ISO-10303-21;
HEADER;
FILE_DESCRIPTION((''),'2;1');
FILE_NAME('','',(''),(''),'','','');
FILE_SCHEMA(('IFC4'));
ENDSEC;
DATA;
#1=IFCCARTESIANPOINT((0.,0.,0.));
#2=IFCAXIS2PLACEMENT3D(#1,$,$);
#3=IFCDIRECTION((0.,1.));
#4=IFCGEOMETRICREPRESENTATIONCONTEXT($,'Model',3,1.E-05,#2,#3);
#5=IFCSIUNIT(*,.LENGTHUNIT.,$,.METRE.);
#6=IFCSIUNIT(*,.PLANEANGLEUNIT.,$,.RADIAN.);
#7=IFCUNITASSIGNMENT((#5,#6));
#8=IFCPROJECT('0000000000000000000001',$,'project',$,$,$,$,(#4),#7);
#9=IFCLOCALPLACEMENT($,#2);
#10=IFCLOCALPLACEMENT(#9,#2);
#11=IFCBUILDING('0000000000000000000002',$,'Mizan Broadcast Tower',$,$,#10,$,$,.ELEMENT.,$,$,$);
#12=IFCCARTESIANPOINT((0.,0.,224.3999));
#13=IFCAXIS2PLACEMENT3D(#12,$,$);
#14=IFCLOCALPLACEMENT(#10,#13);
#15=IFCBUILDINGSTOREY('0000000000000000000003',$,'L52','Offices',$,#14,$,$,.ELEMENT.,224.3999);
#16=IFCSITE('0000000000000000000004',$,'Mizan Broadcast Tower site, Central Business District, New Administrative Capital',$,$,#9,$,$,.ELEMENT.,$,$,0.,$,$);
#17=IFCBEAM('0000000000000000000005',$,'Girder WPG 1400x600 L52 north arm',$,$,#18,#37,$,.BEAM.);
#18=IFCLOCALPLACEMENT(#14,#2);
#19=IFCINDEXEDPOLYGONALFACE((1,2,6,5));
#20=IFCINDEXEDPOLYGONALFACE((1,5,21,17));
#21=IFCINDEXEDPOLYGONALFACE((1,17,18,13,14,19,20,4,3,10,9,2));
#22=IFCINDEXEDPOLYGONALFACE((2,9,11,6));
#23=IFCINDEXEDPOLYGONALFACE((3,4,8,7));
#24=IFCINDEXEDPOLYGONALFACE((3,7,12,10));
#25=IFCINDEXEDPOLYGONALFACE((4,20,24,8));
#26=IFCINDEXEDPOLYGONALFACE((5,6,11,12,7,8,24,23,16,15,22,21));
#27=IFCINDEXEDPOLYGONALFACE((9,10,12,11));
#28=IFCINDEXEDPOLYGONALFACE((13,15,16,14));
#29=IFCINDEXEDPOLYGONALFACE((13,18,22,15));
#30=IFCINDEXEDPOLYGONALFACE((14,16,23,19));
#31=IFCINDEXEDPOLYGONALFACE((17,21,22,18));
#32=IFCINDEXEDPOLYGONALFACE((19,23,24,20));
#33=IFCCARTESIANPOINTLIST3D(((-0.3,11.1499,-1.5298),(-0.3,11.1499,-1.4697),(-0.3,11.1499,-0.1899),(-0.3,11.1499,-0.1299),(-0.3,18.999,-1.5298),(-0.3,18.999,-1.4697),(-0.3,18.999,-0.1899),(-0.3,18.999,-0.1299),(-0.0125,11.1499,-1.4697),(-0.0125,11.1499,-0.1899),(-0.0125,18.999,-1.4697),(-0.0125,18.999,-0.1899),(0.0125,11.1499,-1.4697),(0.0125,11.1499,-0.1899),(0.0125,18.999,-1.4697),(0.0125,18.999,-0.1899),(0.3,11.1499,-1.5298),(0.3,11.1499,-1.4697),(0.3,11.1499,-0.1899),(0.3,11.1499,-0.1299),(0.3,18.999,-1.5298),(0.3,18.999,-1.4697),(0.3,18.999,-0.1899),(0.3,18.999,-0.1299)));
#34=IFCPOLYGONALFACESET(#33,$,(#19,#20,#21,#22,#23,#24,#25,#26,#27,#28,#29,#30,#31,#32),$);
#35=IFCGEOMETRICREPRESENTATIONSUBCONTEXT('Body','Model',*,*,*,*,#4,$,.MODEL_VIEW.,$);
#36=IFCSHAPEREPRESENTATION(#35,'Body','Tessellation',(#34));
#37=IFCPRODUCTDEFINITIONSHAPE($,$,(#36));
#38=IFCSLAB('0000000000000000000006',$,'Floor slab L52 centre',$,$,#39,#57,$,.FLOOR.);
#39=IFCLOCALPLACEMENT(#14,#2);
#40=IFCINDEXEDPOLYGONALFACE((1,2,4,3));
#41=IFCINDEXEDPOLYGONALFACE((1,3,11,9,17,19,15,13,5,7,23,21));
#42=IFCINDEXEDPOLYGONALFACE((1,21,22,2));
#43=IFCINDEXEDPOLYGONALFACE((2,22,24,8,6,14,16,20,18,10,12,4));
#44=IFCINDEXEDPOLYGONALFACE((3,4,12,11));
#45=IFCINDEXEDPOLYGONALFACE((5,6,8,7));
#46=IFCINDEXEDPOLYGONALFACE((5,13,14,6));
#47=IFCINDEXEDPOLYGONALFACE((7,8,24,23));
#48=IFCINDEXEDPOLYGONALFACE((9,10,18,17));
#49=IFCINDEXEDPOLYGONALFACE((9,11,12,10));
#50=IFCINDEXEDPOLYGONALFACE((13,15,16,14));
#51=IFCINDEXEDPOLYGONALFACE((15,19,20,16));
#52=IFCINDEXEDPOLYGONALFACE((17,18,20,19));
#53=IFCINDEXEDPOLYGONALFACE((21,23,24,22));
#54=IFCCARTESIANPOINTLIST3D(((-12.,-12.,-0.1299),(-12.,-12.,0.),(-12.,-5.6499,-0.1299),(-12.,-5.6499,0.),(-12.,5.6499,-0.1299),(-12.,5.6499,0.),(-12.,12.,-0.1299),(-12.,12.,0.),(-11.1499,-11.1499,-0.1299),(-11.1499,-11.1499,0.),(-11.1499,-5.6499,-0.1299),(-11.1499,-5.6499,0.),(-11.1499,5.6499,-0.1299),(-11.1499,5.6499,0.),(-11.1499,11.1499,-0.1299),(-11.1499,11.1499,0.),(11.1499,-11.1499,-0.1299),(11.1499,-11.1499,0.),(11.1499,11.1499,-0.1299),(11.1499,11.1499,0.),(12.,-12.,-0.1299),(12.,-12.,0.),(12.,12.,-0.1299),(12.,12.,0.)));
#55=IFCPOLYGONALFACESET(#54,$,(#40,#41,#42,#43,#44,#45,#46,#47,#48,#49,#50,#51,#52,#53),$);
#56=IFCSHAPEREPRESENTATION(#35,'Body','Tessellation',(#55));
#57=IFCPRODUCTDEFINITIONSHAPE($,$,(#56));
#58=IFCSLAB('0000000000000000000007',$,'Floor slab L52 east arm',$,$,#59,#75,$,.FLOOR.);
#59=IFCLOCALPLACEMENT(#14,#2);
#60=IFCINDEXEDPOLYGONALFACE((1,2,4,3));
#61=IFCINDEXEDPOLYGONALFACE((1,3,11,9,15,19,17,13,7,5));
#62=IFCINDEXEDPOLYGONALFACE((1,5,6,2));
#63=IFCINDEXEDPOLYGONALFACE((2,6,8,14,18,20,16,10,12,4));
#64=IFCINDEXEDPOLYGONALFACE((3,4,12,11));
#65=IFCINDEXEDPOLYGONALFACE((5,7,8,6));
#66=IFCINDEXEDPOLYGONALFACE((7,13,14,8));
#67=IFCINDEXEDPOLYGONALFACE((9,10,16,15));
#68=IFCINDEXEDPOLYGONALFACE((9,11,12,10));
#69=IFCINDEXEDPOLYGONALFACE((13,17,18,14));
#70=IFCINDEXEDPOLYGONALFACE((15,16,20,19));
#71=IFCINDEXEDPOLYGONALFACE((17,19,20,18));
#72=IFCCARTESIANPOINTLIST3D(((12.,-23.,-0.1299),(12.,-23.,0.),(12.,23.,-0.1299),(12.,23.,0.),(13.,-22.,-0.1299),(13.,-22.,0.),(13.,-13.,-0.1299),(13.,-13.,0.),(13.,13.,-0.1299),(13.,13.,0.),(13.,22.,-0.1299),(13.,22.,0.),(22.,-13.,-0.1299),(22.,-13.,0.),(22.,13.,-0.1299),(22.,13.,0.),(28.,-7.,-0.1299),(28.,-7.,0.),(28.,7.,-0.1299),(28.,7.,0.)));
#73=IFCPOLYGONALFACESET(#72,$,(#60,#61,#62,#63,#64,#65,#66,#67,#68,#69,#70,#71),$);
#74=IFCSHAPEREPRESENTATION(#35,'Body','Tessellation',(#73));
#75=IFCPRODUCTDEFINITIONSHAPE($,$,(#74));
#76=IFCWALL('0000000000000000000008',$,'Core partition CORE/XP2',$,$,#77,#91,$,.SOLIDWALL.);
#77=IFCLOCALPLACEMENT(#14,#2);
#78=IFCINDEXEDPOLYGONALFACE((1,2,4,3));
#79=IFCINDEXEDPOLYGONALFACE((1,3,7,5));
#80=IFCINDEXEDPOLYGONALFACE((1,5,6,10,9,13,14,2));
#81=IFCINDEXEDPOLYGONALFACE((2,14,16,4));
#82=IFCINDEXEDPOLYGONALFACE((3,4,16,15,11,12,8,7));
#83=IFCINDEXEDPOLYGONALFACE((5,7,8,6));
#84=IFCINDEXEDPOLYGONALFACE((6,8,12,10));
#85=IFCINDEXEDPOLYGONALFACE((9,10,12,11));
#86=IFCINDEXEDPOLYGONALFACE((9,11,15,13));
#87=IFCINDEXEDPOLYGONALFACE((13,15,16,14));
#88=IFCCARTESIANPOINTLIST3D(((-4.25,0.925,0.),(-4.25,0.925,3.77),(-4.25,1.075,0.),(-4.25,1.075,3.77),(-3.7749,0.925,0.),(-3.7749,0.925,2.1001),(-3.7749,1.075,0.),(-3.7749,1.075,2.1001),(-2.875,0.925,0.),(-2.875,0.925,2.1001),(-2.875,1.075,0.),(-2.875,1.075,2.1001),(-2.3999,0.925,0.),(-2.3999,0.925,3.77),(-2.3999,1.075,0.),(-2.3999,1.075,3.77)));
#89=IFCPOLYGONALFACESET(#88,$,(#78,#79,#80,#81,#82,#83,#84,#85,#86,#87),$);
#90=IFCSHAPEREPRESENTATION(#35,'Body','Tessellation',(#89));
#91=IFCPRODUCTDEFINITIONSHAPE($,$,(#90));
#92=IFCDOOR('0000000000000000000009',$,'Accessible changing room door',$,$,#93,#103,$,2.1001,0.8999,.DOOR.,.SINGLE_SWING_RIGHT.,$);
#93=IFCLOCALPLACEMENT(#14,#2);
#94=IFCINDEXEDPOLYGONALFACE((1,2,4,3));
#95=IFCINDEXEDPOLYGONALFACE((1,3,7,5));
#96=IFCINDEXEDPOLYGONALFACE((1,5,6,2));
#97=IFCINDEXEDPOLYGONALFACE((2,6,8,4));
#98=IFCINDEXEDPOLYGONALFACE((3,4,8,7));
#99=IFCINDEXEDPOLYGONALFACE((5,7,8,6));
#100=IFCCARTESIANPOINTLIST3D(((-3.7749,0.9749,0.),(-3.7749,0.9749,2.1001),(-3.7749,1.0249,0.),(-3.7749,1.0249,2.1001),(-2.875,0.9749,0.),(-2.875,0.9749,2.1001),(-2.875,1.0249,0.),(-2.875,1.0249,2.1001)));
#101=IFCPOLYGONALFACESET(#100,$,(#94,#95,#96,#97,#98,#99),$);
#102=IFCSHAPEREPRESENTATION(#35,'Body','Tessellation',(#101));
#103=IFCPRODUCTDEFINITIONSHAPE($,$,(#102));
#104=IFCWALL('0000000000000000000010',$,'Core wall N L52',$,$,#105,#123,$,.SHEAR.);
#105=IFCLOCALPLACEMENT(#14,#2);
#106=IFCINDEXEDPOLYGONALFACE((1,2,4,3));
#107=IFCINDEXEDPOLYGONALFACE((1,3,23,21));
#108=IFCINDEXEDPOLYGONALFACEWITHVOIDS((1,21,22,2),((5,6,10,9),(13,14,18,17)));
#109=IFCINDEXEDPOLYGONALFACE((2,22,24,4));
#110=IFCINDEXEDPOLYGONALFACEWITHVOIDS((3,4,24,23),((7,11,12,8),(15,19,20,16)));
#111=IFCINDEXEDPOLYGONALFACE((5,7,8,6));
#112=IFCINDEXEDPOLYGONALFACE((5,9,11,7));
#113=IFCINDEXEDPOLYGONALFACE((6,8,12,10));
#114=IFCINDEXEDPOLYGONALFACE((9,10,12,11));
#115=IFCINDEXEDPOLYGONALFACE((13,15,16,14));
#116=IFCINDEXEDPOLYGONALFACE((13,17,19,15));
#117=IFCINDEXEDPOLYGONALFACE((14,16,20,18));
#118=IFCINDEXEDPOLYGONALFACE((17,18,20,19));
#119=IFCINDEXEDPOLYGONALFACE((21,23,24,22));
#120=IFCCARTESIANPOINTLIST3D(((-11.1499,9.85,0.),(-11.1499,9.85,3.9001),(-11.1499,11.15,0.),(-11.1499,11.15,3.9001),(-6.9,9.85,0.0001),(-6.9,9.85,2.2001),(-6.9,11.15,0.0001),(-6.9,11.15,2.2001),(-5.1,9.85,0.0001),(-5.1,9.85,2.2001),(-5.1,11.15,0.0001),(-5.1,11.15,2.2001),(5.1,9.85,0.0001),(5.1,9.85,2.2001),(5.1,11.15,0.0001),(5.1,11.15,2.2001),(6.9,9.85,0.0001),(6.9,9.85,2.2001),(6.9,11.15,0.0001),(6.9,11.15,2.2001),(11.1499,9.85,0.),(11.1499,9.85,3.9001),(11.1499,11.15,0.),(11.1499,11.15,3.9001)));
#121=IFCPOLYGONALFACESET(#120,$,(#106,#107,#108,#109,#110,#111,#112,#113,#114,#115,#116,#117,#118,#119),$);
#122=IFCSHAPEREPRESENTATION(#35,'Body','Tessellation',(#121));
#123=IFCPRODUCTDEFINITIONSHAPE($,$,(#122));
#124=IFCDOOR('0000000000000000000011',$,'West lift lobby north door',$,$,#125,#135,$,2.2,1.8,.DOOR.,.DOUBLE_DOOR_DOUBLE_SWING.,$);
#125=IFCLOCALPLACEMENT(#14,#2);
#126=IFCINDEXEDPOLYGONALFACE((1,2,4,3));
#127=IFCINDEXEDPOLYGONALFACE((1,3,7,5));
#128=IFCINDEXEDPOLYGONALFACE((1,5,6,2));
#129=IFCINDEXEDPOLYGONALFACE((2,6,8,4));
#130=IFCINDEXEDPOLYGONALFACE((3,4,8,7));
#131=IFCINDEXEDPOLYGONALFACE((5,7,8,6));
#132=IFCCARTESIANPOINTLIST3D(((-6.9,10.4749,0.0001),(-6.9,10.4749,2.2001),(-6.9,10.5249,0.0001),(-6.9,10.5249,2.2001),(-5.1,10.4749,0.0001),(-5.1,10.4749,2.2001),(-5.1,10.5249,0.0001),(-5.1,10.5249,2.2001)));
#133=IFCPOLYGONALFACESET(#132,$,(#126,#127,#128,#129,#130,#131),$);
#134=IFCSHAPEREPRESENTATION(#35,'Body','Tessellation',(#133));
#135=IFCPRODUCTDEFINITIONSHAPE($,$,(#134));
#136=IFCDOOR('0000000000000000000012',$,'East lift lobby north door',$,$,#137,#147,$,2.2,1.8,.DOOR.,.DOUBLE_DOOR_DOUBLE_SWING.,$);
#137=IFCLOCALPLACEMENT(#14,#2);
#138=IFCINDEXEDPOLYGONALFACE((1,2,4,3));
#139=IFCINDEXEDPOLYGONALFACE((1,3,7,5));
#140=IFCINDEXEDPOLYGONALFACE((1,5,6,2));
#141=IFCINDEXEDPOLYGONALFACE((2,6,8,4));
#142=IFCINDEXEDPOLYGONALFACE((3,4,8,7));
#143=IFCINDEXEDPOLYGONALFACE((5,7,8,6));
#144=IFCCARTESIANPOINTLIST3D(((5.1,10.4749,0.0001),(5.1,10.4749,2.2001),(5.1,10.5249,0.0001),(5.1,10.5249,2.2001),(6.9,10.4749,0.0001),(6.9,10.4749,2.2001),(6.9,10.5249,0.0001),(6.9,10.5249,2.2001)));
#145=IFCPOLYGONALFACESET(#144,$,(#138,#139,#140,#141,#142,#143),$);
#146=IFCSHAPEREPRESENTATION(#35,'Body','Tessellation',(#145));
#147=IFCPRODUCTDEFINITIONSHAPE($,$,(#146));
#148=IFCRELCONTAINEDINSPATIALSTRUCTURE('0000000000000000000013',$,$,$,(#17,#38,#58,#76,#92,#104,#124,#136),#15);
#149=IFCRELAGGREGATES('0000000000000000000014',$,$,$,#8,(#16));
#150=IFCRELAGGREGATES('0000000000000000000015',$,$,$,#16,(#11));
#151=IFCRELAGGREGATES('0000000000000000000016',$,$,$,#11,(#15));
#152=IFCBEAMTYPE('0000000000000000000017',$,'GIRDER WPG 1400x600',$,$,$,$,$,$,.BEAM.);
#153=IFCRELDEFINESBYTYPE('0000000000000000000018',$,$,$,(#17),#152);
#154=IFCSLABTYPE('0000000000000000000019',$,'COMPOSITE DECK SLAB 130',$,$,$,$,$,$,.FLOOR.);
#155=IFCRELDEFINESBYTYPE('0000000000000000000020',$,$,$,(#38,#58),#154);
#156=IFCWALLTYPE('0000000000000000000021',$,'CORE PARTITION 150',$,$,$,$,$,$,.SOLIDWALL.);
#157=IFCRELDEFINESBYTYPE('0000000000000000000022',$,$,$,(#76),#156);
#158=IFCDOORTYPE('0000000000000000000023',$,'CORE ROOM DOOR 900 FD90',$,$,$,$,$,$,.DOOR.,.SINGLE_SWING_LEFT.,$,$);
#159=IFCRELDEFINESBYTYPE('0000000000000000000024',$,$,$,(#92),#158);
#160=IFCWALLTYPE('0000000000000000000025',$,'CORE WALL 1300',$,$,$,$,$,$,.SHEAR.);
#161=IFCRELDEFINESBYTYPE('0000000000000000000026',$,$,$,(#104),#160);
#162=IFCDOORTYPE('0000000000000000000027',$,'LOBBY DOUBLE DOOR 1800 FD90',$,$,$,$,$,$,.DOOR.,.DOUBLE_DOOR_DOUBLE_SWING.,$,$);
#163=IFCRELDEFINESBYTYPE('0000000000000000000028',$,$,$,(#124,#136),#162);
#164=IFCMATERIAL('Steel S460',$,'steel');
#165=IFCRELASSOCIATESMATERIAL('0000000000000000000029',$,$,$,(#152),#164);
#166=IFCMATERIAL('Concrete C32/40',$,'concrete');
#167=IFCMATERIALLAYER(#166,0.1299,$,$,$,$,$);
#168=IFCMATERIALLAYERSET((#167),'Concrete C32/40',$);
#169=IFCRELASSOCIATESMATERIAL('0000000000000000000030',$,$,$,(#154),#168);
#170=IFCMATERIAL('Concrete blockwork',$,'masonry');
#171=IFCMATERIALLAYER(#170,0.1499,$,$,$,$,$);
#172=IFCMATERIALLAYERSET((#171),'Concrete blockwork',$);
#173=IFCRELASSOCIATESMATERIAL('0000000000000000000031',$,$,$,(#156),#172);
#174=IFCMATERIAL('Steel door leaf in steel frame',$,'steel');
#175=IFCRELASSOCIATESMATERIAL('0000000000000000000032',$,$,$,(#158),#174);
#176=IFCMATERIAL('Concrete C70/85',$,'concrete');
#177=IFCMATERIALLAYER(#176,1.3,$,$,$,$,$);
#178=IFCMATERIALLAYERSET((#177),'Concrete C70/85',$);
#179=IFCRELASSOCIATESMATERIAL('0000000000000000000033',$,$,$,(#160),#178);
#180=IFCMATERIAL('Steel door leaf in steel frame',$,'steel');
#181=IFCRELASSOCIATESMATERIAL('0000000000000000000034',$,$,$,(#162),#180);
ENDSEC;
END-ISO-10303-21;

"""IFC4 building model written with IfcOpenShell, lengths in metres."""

from ifc_helpers import new_model, si_unit, direction, frame, frame_2d, origin, origin_2d, place, context, subcontext, project, spatial, polyline, rectangle, i_section, outline, extrude, material, layer, layer_set, material_profile, profile_set, type_object, element, fill, save


model = new_model("IFC4")

# Units and contexts
model_context = context("Model", 3, precision=1e-05, world=origin(), true_north=direction((0.0, 1.0)))
body_context = subcontext(model_context, "Body", "Model", "MODEL_VIEW")
ifc_project = project(units=[si_unit("LENGTHUNIT", "METRE"), si_unit("PLANEANGLEUNIT", "RADIAN")], contexts=[model_context])

# Site, building, storey
site_placement = place(None, origin())
site = spatial("IfcSite", under=ifc_project, at=site_placement, Name="Mizan Broadcast Tower site, Central Business District, New Administrative Capital", CompositionType="ELEMENT", RefElevation=0.0)
building_placement = place(site_placement, origin())
building = spatial("IfcBuilding", under=site, at=building_placement, Name="Mizan Broadcast Tower", CompositionType="ELEMENT")
storey_placement = place(building_placement, frame((0.0, 0.0, 224.3999)))
storey = spatial("IfcBuildingStorey", under=building, at=storey_placement, Name="L52", Description="Offices", CompositionType="ELEMENT", Elevation=224.3999)

# Beam
ifc_material_1 = material(Name="Steel S460", Category="steel")
ifc_material_profile = material_profile(ifc_material_1, i_section(OverallWidth=0.6001, OverallDepth=1.3999, WebThickness=0.0249, FlangeThickness=0.0601, at=origin_2d()), Name="WPG 1400x600")
ifc_profile_set = profile_set([ifc_material_profile], Name="Steel S460")
beam_type = type_object("IfcBeamType", Name="GIRDER WPG 1400x600", PredefinedType="BEAM", material=ifc_profile_set)
beam_placement = place(storey_placement, frame((0.0, 11.1499, -0.8298), z_axis=(0.0, 1.0, 0.0), x_axis=(-1.0, 0.0, 0.0)))
element("IfcBeam", 1, at=beam_placement, inside=storey, type_object=beam_type, Name="Girder WPG 1400x600 L52 north arm", PredefinedType="BEAM", context=body_context, shape_type="SweptSolid", body=[
    extrude(i_section(OverallWidth=0.6001, OverallDepth=1.3999, WebThickness=0.0249, FlangeThickness=0.0601, at=origin_2d()), origin(), (0.0, 0.0, 1.0), 7.8491),
])

# Slabs
ifc_material_2 = material(Name="Concrete C32/40", Category="concrete")
ifc_layer_1 = layer(ifc_material_2, 0.1299)
ifc_layer_set_1 = layer_set([ifc_layer_1], Name="Concrete C32/40")
slab_type = type_object("IfcSlabType", Name="COMPOSITE DECK SLAB 130", PredefinedType="FLOOR", material=ifc_layer_set_1)
slab_1_placement = place(storey_placement, frame((0.0, 0.0, -0.1299)))
element("IfcSlab", 2, at=slab_1_placement, inside=storey, type_object=slab_type, Name="Floor slab L52 centre", PredefinedType="FLOOR", context=body_context, shape_type="SweptSolid", body=[
    extrude(outline(polyline([(-11.1499, -5.6499), (-12.0, -5.6499), (-12.0, -12.0), (12.0, -12.0), (12.0, 12.0), (-12.0, 12.0), (-12.0, 5.6499), (-11.1499, 5.6499), (-11.1499, 11.1499), (11.1499, 11.1499), (11.1499, -11.1499), (-11.1499, -11.1499), (-11.1499, -5.6499)])), origin(), (0.0, 0.0, 1.0), 0.1299),
])
slab_2_placement = place(storey_placement, frame((0.0, 0.0, -0.1299)))
element("IfcSlab", 3, at=slab_2_placement, inside=storey, type_object=slab_type, Name="Floor slab L52 east arm", PredefinedType="FLOOR", context=body_context, shape_type="SweptSolid", body=[
    extrude(outline(polyline([(13.0, 22.0), (12.0, 23.0), (12.0, -23.0), (13.0, -22.0), (13.0, -13.0), (22.0, -13.0), (28.0, -7.0), (28.0, 7.0), (22.0, 13.0), (13.0, 13.0), (13.0, 22.0)])), origin(), (0.0, 0.0, 1.0), 0.1299),
])

# Wall, opening, door
ifc_material_3 = material(Name="Concrete blockwork", Category="masonry")
ifc_layer_2 = layer(ifc_material_3, 0.1499)
ifc_layer_set_2 = layer_set([ifc_layer_2], Name="Concrete blockwork")
wall_type_1 = type_object("IfcWallType", Name="CORE PARTITION 150", PredefinedType="SOLIDWALL", material=ifc_layer_set_2)
wall_1_placement = place(storey_placement, frame((-4.25, 1.0, 0.0), z_axis=(0.0, 0.0, 1.0), x_axis=(1.0, 0.0, 0.0)))
wall_1 = element("IfcWall", 4, at=wall_1_placement, inside=storey, type_object=wall_type_1, Name="Core partition CORE/XP2", PredefinedType="SOLIDWALL", context=body_context, shape_type="SweptSolid", body=[
    extrude(rectangle(XDim=1.8501, YDim=0.1499, at=frame_2d((0.925, 0.0))), origin(), (0.0, 0.0, 1.0), 3.77),
])
opening_1_placement = place(wall_1_placement, frame((0.4751, 0.0, 0.0)))
opening_1 = element("IfcOpeningElement", 5, at=opening_1_placement, cuts=wall_1, PredefinedType="OPENING", context=body_context, shape_type="SweptSolid", body=[
    extrude(rectangle(XDim=0.8999, YDim=2.1001, at=frame_2d((0.45, 1.05))), frame((0.0, 0.085, 0.0), z_axis=(0.0, -1.0, 0.0), x_axis=(1.0, 0.0, 0.0)), (0.0, 0.0, 1.0), 0.1699),
])
ifc_material_4 = material(Name="Steel door leaf in steel frame", Category="steel")
door_type_1 = type_object("IfcDoorType", Name="CORE ROOM DOOR 900 FD90", OperationType="SINGLE_SWING_LEFT", PredefinedType="DOOR", material=ifc_material_4)
door_1_placement = place(opening_1_placement, origin())
door_1 = element("IfcDoor", 6, at=door_1_placement, inside=storey, type_object=door_type_1, Name="Accessible changing room door", OperationType="SINGLE_SWING_RIGHT", OverallHeight=2.1001, OverallWidth=0.8999, PredefinedType="DOOR", context=body_context, shape_type="SweptSolid", body=[
    extrude(rectangle(XDim=0.8999, YDim=2.1001, at=frame_2d((0.45, 1.05))), frame((0.0, 0.0249, 0.0), z_axis=(0.0, -1.0, 0.0), x_axis=(1.0, 0.0, 0.0)), (0.0, 0.0, 1.0), 0.05),
])
fill(opening_1, door_1)

# Wall, openings, doors
ifc_material_5 = material(Name="Concrete C70/85", Category="concrete")
ifc_layer_3 = layer(ifc_material_5, 1.3)
ifc_layer_set_3 = layer_set([ifc_layer_3], Name="Concrete C70/85")
wall_type_2 = type_object("IfcWallType", Name="CORE WALL 1300", PredefinedType="SHEAR", material=ifc_layer_set_3)
wall_2_placement = place(storey_placement, frame((-11.1499, 10.5, 0.0), z_axis=(0.0, 0.0, 1.0), x_axis=(1.0, 0.0, 0.0)))
wall_2 = element("IfcWall", 7, at=wall_2_placement, inside=storey, type_object=wall_type_2, Name="Core wall N L52", PredefinedType="SHEAR", context=body_context, shape_type="SweptSolid", body=[
    extrude(rectangle(XDim=22.2998, YDim=1.3, at=frame_2d((11.1499, 0.0))), origin(), (0.0, 0.0, 1.0), 3.9001),
])
opening_2_placement = place(wall_2_placement, frame((4.25, 0.0, 0.0)))
opening_2 = element("IfcOpeningElement", 8, at=opening_2_placement, cuts=wall_2, PredefinedType="OPENING", context=body_context, shape_type="SweptSolid", body=[
    extrude(rectangle(XDim=1.8, YDim=2.2, at=frame_2d((0.8999, 1.1001))), frame((0.0, 0.6599, 0.0), z_axis=(0.0, -1.0, 0.0), x_axis=(1.0, 0.0, 0.0)), (0.0, 0.0, 1.0), 1.3201),
])
opening_3_placement = place(wall_2_placement, frame((16.25, 0.0, 0.0)))
opening_3 = element("IfcOpeningElement", 9, at=opening_3_placement, cuts=wall_2, PredefinedType="OPENING", context=body_context, shape_type="SweptSolid", body=[
    extrude(rectangle(XDim=1.8, YDim=2.2, at=frame_2d((0.8999, 1.1001))), frame((0.0, 0.6599, 0.0), z_axis=(0.0, -1.0, 0.0), x_axis=(1.0, 0.0, 0.0)), (0.0, 0.0, 1.0), 1.3201),
])
ifc_material_6 = material(Name="Steel door leaf in steel frame", Category="steel")
door_type_2 = type_object("IfcDoorType", Name="LOBBY DOUBLE DOOR 1800 FD90", OperationType="DOUBLE_DOOR_DOUBLE_SWING", PredefinedType="DOOR", material=ifc_material_6)
door_2_placement = place(opening_2_placement, origin())
door_2 = element("IfcDoor", 10, at=door_2_placement, inside=storey, type_object=door_type_2, Name="West lift lobby north door", OperationType="DOUBLE_DOOR_DOUBLE_SWING", OverallHeight=2.2, OverallWidth=1.8, PredefinedType="DOOR", context=body_context, shape_type="SweptSolid", body=[
    extrude(rectangle(XDim=1.8, YDim=2.2, at=frame_2d((0.8999, 1.1001))), frame((0.0, 0.0249, 0.0), z_axis=(0.0, -1.0, 0.0), x_axis=(1.0, 0.0, 0.0)), (0.0, 0.0, 1.0), 0.05),
])
fill(opening_2, door_2)
door_3_placement = place(opening_3_placement, origin())
door_3 = element("IfcDoor", 11, at=door_3_placement, inside=storey, type_object=door_type_2, Name="East lift lobby north door", OperationType="DOUBLE_DOOR_DOUBLE_SWING", OverallHeight=2.2, OverallWidth=1.8, PredefinedType="DOOR", context=body_context, shape_type="SweptSolid", body=[
    extrude(rectangle(XDim=1.8, YDim=2.2, at=frame_2d((0.8999, 1.1001))), frame((0.0, 0.0249, 0.0), z_axis=(0.0, -1.0, 0.0), x_axis=(1.0, 0.0, 0.0)), (0.0, 0.0, 1.0), 0.05),
])
fill(opening_3, door_3)

save(model, "model.ifc")
